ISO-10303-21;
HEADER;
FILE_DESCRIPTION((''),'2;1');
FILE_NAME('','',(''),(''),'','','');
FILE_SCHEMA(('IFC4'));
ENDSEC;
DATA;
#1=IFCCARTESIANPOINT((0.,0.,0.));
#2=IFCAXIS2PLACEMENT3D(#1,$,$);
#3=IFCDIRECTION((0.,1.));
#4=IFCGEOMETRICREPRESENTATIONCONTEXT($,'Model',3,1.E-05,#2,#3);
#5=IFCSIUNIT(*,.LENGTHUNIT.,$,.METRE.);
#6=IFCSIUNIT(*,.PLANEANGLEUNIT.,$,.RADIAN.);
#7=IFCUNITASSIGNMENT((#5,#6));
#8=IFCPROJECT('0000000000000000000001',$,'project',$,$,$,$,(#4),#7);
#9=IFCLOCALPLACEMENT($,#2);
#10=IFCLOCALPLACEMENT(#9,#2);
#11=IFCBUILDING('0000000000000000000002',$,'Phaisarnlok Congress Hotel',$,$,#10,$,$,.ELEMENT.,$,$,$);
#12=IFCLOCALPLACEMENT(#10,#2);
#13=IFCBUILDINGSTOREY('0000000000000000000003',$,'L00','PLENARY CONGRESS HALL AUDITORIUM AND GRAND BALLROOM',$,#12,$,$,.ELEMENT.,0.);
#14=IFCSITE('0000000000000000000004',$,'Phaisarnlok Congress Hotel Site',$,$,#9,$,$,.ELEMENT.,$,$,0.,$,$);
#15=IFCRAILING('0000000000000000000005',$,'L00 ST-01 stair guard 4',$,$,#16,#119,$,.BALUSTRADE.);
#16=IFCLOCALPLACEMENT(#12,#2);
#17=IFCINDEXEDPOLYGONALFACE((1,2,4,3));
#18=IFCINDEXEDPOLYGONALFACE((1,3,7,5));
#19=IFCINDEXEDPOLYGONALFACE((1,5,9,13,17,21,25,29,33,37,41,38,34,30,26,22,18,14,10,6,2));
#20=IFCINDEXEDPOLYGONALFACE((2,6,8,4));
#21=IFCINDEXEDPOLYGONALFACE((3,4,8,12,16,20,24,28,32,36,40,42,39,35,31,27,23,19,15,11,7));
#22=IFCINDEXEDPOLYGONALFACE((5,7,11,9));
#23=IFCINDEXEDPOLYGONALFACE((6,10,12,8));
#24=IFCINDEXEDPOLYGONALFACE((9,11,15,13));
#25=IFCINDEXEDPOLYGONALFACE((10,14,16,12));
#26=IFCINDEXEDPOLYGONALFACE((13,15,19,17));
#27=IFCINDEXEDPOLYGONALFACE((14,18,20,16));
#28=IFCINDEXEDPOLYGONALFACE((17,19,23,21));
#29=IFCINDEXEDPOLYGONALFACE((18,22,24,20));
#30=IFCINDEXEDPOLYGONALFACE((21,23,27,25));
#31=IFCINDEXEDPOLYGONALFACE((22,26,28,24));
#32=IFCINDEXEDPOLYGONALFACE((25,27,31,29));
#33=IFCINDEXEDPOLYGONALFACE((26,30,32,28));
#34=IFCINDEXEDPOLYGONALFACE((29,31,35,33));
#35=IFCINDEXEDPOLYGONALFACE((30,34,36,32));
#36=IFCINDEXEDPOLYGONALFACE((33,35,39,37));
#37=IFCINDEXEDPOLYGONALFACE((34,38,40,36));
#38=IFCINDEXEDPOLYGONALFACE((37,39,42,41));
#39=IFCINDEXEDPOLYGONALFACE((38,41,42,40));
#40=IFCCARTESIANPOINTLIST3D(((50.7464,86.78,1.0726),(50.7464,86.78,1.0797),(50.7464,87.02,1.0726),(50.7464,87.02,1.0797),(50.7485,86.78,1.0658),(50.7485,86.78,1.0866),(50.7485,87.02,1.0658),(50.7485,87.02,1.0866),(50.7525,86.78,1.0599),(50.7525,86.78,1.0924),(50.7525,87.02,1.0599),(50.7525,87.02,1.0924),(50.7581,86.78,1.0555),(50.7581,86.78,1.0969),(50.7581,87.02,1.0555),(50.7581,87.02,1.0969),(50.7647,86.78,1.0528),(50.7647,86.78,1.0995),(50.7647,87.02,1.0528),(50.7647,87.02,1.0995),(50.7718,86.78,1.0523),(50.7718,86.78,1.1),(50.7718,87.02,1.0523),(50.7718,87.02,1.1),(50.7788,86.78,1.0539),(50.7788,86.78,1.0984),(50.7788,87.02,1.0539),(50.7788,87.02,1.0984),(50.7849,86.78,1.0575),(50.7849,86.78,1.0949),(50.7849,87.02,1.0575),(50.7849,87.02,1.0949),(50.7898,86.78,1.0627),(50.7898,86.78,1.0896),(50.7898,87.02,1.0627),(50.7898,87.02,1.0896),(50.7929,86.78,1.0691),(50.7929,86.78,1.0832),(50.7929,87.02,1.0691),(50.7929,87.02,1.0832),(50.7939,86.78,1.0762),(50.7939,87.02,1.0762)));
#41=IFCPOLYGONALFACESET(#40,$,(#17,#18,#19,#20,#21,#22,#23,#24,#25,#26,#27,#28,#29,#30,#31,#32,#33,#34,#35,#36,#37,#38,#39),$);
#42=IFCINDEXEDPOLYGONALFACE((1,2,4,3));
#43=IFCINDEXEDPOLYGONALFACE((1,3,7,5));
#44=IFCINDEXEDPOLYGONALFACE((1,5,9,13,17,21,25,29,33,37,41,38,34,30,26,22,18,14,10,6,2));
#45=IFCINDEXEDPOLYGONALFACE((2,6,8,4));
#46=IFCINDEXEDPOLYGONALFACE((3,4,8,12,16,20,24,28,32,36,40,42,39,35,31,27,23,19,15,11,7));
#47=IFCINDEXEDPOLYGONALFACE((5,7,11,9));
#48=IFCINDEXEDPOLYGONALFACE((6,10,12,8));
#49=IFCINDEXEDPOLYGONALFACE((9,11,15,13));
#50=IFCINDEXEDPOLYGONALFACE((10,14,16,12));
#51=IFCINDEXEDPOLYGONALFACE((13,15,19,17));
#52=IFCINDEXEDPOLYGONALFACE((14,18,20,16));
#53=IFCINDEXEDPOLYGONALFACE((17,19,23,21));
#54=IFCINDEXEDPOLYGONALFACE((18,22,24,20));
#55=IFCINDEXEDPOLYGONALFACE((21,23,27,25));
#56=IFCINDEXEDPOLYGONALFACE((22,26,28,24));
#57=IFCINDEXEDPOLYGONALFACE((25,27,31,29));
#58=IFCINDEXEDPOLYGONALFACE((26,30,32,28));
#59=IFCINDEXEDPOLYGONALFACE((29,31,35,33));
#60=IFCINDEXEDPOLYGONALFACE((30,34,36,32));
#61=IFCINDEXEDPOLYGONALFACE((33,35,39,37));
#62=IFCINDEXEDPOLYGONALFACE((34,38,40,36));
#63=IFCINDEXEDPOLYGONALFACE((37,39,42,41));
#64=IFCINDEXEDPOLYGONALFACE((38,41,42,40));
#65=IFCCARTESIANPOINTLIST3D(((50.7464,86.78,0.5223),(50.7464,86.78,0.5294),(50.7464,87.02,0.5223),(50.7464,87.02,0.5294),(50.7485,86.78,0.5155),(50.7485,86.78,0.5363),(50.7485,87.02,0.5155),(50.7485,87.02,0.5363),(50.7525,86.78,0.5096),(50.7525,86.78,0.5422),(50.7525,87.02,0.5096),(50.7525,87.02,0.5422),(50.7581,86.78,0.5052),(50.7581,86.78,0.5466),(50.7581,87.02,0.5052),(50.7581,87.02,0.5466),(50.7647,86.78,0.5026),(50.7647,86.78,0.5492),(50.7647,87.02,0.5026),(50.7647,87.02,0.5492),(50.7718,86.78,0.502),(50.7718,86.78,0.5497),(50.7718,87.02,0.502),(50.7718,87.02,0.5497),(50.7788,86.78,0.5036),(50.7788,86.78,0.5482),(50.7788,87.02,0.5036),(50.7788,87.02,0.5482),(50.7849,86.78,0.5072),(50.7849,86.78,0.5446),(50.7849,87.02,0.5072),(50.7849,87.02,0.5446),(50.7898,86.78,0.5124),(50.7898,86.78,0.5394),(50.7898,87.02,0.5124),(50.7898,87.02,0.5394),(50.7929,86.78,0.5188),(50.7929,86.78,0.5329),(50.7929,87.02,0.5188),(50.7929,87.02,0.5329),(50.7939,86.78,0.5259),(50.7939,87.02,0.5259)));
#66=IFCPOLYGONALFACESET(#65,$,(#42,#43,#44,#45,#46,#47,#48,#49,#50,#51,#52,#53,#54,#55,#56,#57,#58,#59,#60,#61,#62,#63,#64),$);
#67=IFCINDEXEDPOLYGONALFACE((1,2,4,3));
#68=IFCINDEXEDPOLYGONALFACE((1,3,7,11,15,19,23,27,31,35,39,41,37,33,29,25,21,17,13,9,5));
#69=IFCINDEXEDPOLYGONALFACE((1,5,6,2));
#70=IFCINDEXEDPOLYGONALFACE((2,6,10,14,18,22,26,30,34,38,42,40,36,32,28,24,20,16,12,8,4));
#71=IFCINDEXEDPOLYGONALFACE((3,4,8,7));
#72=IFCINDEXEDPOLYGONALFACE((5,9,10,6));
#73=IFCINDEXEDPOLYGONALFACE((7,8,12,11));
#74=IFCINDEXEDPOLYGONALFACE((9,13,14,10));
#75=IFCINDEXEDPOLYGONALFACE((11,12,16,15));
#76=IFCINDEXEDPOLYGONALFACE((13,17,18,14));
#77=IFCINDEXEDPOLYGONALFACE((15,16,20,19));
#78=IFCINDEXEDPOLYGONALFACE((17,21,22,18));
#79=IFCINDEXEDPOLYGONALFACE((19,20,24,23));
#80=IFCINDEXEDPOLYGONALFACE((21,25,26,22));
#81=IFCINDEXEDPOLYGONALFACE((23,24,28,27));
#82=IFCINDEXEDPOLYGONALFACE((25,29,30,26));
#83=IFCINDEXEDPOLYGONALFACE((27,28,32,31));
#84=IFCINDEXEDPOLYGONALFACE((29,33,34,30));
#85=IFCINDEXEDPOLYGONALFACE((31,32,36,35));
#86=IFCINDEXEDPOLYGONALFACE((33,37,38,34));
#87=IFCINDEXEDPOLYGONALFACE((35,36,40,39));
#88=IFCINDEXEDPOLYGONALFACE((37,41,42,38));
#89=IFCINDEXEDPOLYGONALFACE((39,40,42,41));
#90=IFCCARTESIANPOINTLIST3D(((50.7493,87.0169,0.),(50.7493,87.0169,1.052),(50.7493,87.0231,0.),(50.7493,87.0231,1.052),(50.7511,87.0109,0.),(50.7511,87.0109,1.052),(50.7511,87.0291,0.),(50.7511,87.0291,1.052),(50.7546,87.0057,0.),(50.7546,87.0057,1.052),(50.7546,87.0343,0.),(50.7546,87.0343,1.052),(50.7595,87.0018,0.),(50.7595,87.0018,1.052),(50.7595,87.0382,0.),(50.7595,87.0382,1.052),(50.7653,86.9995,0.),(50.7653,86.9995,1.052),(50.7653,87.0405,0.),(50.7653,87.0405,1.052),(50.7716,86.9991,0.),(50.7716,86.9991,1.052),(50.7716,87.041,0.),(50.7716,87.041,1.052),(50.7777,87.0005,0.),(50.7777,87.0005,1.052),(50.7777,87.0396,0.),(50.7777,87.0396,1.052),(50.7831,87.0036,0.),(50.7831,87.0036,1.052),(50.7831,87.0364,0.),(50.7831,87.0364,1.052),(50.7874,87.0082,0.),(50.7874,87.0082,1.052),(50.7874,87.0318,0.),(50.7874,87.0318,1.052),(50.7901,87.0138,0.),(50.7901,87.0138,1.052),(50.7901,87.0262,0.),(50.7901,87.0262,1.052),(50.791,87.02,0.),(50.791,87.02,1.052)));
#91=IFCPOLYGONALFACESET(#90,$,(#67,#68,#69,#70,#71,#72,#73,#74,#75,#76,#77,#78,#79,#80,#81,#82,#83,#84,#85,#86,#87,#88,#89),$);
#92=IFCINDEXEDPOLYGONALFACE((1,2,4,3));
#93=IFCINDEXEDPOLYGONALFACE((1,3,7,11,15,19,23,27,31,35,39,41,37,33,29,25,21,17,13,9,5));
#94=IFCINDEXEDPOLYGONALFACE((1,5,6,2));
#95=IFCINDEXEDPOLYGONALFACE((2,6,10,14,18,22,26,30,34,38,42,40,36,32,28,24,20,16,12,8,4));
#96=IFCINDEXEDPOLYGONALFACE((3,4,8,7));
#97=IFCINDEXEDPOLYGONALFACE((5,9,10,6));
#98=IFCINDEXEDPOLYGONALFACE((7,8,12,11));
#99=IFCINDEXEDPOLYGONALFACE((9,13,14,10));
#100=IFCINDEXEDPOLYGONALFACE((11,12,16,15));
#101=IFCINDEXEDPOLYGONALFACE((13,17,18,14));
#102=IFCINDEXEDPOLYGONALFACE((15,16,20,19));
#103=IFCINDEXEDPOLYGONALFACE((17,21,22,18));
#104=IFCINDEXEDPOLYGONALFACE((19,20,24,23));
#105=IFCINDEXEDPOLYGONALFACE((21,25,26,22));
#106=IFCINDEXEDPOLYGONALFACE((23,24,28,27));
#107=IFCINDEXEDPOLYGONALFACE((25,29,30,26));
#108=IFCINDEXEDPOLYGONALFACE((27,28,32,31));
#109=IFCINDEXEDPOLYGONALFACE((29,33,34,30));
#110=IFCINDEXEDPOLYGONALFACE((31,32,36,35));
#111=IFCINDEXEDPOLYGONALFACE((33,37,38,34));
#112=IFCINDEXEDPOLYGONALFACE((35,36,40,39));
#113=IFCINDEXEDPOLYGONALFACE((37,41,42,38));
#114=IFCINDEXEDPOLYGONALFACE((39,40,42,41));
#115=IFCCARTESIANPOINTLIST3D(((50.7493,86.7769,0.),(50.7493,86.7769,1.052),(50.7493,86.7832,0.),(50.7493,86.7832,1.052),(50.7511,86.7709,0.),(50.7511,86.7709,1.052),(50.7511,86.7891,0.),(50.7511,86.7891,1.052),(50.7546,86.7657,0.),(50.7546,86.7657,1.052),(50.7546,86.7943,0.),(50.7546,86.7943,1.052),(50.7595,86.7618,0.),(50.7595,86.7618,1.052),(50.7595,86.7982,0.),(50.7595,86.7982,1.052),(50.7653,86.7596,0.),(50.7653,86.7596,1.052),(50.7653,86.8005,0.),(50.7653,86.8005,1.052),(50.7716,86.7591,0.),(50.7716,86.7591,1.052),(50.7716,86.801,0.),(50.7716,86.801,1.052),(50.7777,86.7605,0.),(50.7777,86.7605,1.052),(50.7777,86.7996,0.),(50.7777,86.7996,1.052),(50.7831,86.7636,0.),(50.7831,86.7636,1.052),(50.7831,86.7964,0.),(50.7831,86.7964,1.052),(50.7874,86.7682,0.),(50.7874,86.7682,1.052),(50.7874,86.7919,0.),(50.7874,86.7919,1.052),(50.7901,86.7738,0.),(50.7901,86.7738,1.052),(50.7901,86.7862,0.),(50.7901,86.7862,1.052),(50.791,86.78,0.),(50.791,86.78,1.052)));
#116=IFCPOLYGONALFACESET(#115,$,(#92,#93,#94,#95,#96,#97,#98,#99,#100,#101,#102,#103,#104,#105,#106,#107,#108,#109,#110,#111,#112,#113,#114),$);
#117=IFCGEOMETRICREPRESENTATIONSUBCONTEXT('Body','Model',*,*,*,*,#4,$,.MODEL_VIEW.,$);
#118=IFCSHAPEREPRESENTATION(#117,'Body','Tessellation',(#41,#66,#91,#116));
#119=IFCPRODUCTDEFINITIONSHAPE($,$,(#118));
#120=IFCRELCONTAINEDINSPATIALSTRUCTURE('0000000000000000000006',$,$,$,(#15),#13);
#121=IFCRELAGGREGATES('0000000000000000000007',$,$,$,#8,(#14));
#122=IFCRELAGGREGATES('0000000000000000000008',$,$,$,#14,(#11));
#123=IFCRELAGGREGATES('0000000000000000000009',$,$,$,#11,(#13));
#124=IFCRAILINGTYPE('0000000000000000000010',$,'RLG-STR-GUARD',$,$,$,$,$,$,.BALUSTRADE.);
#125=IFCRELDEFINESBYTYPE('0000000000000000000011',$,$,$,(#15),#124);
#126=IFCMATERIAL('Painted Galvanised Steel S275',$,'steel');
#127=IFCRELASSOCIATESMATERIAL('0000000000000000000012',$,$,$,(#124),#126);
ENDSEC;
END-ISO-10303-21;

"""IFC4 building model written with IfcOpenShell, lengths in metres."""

from ifc_helpers import new_model, si_unit, direction, frame, origin, origin_2d, place, context, subcontext, project, spatial, circle, extrude, material, type_object, element, save


model = new_model("IFC4")

# Units and contexts
model_context = context("Model", 3, precision=1e-05, world=origin(), true_north=direction((0.0, 1.0)))
body_context = subcontext(model_context, "Body", "Model", "MODEL_VIEW")
ifc_project = project(units=[si_unit("LENGTHUNIT", "METRE"), si_unit("PLANEANGLEUNIT", "RADIAN")], contexts=[model_context])

# Site, building, storey
site_placement = place(None, origin())
site = spatial("IfcSite", under=ifc_project, at=site_placement, Name="Phaisarnlok Congress Hotel Site", CompositionType="ELEMENT", RefElevation=0.0)
building_placement = place(site_placement, origin())
building = spatial("IfcBuilding", under=site, at=building_placement, Name="Phaisarnlok Congress Hotel", CompositionType="ELEMENT")
storey_placement = place(building_placement, origin())
storey = spatial("IfcBuildingStorey", under=building, at=storey_placement, Name="L00", Description="PLENARY CONGRESS HALL AUDITORIUM AND GRAND BALLROOM", CompositionType="ELEMENT", Elevation=0.0)

# Railing
ifc_material_1 = material(Name="Painted Galvanised Steel S275", Category="steel")
railing_type_1 = type_object("IfcRailingType", Name="RLG-STR-GUARD", PredefinedType="BALUSTRADE", material=ifc_material_1)
railing_1_placement = place(storey_placement, frame((50.77, 87.02, 0.0)))
element("IfcRailing", 1, at=railing_1_placement, inside=storey, type_object=railing_type_1, Name="L00 ST-01 stair guard 4", PredefinedType="BALUSTRADE", context=body_context, shape_type="SweptSolid", body=[
    extrude(circle(Radius=0.0239, at=origin_2d()), frame((0.0, 0.0, 1.0762), z_axis=(0.0, -1.0, 0.0), x_axis=(1.0, 0.0, 0.0)), (0.0, 0.0, 1.0), 0.24),
    extrude(circle(Radius=0.0239, at=origin_2d()), frame((0.0, 0.0, 0.5259), z_axis=(0.0, -1.0, 0.0), x_axis=(1.0, 0.0, 0.0)), (0.0, 0.0, 1.0), 0.24),
    extrude(circle(Radius=0.021, at=origin_2d()), origin(), (0.0, 0.0, 1.0), 1.052),
    extrude(circle(Radius=0.021, at=origin_2d()), frame((0.0, -0.24, 0.0)), (0.0, 0.0, 1.0), 1.052),
])

save(model, "model.ifc")
